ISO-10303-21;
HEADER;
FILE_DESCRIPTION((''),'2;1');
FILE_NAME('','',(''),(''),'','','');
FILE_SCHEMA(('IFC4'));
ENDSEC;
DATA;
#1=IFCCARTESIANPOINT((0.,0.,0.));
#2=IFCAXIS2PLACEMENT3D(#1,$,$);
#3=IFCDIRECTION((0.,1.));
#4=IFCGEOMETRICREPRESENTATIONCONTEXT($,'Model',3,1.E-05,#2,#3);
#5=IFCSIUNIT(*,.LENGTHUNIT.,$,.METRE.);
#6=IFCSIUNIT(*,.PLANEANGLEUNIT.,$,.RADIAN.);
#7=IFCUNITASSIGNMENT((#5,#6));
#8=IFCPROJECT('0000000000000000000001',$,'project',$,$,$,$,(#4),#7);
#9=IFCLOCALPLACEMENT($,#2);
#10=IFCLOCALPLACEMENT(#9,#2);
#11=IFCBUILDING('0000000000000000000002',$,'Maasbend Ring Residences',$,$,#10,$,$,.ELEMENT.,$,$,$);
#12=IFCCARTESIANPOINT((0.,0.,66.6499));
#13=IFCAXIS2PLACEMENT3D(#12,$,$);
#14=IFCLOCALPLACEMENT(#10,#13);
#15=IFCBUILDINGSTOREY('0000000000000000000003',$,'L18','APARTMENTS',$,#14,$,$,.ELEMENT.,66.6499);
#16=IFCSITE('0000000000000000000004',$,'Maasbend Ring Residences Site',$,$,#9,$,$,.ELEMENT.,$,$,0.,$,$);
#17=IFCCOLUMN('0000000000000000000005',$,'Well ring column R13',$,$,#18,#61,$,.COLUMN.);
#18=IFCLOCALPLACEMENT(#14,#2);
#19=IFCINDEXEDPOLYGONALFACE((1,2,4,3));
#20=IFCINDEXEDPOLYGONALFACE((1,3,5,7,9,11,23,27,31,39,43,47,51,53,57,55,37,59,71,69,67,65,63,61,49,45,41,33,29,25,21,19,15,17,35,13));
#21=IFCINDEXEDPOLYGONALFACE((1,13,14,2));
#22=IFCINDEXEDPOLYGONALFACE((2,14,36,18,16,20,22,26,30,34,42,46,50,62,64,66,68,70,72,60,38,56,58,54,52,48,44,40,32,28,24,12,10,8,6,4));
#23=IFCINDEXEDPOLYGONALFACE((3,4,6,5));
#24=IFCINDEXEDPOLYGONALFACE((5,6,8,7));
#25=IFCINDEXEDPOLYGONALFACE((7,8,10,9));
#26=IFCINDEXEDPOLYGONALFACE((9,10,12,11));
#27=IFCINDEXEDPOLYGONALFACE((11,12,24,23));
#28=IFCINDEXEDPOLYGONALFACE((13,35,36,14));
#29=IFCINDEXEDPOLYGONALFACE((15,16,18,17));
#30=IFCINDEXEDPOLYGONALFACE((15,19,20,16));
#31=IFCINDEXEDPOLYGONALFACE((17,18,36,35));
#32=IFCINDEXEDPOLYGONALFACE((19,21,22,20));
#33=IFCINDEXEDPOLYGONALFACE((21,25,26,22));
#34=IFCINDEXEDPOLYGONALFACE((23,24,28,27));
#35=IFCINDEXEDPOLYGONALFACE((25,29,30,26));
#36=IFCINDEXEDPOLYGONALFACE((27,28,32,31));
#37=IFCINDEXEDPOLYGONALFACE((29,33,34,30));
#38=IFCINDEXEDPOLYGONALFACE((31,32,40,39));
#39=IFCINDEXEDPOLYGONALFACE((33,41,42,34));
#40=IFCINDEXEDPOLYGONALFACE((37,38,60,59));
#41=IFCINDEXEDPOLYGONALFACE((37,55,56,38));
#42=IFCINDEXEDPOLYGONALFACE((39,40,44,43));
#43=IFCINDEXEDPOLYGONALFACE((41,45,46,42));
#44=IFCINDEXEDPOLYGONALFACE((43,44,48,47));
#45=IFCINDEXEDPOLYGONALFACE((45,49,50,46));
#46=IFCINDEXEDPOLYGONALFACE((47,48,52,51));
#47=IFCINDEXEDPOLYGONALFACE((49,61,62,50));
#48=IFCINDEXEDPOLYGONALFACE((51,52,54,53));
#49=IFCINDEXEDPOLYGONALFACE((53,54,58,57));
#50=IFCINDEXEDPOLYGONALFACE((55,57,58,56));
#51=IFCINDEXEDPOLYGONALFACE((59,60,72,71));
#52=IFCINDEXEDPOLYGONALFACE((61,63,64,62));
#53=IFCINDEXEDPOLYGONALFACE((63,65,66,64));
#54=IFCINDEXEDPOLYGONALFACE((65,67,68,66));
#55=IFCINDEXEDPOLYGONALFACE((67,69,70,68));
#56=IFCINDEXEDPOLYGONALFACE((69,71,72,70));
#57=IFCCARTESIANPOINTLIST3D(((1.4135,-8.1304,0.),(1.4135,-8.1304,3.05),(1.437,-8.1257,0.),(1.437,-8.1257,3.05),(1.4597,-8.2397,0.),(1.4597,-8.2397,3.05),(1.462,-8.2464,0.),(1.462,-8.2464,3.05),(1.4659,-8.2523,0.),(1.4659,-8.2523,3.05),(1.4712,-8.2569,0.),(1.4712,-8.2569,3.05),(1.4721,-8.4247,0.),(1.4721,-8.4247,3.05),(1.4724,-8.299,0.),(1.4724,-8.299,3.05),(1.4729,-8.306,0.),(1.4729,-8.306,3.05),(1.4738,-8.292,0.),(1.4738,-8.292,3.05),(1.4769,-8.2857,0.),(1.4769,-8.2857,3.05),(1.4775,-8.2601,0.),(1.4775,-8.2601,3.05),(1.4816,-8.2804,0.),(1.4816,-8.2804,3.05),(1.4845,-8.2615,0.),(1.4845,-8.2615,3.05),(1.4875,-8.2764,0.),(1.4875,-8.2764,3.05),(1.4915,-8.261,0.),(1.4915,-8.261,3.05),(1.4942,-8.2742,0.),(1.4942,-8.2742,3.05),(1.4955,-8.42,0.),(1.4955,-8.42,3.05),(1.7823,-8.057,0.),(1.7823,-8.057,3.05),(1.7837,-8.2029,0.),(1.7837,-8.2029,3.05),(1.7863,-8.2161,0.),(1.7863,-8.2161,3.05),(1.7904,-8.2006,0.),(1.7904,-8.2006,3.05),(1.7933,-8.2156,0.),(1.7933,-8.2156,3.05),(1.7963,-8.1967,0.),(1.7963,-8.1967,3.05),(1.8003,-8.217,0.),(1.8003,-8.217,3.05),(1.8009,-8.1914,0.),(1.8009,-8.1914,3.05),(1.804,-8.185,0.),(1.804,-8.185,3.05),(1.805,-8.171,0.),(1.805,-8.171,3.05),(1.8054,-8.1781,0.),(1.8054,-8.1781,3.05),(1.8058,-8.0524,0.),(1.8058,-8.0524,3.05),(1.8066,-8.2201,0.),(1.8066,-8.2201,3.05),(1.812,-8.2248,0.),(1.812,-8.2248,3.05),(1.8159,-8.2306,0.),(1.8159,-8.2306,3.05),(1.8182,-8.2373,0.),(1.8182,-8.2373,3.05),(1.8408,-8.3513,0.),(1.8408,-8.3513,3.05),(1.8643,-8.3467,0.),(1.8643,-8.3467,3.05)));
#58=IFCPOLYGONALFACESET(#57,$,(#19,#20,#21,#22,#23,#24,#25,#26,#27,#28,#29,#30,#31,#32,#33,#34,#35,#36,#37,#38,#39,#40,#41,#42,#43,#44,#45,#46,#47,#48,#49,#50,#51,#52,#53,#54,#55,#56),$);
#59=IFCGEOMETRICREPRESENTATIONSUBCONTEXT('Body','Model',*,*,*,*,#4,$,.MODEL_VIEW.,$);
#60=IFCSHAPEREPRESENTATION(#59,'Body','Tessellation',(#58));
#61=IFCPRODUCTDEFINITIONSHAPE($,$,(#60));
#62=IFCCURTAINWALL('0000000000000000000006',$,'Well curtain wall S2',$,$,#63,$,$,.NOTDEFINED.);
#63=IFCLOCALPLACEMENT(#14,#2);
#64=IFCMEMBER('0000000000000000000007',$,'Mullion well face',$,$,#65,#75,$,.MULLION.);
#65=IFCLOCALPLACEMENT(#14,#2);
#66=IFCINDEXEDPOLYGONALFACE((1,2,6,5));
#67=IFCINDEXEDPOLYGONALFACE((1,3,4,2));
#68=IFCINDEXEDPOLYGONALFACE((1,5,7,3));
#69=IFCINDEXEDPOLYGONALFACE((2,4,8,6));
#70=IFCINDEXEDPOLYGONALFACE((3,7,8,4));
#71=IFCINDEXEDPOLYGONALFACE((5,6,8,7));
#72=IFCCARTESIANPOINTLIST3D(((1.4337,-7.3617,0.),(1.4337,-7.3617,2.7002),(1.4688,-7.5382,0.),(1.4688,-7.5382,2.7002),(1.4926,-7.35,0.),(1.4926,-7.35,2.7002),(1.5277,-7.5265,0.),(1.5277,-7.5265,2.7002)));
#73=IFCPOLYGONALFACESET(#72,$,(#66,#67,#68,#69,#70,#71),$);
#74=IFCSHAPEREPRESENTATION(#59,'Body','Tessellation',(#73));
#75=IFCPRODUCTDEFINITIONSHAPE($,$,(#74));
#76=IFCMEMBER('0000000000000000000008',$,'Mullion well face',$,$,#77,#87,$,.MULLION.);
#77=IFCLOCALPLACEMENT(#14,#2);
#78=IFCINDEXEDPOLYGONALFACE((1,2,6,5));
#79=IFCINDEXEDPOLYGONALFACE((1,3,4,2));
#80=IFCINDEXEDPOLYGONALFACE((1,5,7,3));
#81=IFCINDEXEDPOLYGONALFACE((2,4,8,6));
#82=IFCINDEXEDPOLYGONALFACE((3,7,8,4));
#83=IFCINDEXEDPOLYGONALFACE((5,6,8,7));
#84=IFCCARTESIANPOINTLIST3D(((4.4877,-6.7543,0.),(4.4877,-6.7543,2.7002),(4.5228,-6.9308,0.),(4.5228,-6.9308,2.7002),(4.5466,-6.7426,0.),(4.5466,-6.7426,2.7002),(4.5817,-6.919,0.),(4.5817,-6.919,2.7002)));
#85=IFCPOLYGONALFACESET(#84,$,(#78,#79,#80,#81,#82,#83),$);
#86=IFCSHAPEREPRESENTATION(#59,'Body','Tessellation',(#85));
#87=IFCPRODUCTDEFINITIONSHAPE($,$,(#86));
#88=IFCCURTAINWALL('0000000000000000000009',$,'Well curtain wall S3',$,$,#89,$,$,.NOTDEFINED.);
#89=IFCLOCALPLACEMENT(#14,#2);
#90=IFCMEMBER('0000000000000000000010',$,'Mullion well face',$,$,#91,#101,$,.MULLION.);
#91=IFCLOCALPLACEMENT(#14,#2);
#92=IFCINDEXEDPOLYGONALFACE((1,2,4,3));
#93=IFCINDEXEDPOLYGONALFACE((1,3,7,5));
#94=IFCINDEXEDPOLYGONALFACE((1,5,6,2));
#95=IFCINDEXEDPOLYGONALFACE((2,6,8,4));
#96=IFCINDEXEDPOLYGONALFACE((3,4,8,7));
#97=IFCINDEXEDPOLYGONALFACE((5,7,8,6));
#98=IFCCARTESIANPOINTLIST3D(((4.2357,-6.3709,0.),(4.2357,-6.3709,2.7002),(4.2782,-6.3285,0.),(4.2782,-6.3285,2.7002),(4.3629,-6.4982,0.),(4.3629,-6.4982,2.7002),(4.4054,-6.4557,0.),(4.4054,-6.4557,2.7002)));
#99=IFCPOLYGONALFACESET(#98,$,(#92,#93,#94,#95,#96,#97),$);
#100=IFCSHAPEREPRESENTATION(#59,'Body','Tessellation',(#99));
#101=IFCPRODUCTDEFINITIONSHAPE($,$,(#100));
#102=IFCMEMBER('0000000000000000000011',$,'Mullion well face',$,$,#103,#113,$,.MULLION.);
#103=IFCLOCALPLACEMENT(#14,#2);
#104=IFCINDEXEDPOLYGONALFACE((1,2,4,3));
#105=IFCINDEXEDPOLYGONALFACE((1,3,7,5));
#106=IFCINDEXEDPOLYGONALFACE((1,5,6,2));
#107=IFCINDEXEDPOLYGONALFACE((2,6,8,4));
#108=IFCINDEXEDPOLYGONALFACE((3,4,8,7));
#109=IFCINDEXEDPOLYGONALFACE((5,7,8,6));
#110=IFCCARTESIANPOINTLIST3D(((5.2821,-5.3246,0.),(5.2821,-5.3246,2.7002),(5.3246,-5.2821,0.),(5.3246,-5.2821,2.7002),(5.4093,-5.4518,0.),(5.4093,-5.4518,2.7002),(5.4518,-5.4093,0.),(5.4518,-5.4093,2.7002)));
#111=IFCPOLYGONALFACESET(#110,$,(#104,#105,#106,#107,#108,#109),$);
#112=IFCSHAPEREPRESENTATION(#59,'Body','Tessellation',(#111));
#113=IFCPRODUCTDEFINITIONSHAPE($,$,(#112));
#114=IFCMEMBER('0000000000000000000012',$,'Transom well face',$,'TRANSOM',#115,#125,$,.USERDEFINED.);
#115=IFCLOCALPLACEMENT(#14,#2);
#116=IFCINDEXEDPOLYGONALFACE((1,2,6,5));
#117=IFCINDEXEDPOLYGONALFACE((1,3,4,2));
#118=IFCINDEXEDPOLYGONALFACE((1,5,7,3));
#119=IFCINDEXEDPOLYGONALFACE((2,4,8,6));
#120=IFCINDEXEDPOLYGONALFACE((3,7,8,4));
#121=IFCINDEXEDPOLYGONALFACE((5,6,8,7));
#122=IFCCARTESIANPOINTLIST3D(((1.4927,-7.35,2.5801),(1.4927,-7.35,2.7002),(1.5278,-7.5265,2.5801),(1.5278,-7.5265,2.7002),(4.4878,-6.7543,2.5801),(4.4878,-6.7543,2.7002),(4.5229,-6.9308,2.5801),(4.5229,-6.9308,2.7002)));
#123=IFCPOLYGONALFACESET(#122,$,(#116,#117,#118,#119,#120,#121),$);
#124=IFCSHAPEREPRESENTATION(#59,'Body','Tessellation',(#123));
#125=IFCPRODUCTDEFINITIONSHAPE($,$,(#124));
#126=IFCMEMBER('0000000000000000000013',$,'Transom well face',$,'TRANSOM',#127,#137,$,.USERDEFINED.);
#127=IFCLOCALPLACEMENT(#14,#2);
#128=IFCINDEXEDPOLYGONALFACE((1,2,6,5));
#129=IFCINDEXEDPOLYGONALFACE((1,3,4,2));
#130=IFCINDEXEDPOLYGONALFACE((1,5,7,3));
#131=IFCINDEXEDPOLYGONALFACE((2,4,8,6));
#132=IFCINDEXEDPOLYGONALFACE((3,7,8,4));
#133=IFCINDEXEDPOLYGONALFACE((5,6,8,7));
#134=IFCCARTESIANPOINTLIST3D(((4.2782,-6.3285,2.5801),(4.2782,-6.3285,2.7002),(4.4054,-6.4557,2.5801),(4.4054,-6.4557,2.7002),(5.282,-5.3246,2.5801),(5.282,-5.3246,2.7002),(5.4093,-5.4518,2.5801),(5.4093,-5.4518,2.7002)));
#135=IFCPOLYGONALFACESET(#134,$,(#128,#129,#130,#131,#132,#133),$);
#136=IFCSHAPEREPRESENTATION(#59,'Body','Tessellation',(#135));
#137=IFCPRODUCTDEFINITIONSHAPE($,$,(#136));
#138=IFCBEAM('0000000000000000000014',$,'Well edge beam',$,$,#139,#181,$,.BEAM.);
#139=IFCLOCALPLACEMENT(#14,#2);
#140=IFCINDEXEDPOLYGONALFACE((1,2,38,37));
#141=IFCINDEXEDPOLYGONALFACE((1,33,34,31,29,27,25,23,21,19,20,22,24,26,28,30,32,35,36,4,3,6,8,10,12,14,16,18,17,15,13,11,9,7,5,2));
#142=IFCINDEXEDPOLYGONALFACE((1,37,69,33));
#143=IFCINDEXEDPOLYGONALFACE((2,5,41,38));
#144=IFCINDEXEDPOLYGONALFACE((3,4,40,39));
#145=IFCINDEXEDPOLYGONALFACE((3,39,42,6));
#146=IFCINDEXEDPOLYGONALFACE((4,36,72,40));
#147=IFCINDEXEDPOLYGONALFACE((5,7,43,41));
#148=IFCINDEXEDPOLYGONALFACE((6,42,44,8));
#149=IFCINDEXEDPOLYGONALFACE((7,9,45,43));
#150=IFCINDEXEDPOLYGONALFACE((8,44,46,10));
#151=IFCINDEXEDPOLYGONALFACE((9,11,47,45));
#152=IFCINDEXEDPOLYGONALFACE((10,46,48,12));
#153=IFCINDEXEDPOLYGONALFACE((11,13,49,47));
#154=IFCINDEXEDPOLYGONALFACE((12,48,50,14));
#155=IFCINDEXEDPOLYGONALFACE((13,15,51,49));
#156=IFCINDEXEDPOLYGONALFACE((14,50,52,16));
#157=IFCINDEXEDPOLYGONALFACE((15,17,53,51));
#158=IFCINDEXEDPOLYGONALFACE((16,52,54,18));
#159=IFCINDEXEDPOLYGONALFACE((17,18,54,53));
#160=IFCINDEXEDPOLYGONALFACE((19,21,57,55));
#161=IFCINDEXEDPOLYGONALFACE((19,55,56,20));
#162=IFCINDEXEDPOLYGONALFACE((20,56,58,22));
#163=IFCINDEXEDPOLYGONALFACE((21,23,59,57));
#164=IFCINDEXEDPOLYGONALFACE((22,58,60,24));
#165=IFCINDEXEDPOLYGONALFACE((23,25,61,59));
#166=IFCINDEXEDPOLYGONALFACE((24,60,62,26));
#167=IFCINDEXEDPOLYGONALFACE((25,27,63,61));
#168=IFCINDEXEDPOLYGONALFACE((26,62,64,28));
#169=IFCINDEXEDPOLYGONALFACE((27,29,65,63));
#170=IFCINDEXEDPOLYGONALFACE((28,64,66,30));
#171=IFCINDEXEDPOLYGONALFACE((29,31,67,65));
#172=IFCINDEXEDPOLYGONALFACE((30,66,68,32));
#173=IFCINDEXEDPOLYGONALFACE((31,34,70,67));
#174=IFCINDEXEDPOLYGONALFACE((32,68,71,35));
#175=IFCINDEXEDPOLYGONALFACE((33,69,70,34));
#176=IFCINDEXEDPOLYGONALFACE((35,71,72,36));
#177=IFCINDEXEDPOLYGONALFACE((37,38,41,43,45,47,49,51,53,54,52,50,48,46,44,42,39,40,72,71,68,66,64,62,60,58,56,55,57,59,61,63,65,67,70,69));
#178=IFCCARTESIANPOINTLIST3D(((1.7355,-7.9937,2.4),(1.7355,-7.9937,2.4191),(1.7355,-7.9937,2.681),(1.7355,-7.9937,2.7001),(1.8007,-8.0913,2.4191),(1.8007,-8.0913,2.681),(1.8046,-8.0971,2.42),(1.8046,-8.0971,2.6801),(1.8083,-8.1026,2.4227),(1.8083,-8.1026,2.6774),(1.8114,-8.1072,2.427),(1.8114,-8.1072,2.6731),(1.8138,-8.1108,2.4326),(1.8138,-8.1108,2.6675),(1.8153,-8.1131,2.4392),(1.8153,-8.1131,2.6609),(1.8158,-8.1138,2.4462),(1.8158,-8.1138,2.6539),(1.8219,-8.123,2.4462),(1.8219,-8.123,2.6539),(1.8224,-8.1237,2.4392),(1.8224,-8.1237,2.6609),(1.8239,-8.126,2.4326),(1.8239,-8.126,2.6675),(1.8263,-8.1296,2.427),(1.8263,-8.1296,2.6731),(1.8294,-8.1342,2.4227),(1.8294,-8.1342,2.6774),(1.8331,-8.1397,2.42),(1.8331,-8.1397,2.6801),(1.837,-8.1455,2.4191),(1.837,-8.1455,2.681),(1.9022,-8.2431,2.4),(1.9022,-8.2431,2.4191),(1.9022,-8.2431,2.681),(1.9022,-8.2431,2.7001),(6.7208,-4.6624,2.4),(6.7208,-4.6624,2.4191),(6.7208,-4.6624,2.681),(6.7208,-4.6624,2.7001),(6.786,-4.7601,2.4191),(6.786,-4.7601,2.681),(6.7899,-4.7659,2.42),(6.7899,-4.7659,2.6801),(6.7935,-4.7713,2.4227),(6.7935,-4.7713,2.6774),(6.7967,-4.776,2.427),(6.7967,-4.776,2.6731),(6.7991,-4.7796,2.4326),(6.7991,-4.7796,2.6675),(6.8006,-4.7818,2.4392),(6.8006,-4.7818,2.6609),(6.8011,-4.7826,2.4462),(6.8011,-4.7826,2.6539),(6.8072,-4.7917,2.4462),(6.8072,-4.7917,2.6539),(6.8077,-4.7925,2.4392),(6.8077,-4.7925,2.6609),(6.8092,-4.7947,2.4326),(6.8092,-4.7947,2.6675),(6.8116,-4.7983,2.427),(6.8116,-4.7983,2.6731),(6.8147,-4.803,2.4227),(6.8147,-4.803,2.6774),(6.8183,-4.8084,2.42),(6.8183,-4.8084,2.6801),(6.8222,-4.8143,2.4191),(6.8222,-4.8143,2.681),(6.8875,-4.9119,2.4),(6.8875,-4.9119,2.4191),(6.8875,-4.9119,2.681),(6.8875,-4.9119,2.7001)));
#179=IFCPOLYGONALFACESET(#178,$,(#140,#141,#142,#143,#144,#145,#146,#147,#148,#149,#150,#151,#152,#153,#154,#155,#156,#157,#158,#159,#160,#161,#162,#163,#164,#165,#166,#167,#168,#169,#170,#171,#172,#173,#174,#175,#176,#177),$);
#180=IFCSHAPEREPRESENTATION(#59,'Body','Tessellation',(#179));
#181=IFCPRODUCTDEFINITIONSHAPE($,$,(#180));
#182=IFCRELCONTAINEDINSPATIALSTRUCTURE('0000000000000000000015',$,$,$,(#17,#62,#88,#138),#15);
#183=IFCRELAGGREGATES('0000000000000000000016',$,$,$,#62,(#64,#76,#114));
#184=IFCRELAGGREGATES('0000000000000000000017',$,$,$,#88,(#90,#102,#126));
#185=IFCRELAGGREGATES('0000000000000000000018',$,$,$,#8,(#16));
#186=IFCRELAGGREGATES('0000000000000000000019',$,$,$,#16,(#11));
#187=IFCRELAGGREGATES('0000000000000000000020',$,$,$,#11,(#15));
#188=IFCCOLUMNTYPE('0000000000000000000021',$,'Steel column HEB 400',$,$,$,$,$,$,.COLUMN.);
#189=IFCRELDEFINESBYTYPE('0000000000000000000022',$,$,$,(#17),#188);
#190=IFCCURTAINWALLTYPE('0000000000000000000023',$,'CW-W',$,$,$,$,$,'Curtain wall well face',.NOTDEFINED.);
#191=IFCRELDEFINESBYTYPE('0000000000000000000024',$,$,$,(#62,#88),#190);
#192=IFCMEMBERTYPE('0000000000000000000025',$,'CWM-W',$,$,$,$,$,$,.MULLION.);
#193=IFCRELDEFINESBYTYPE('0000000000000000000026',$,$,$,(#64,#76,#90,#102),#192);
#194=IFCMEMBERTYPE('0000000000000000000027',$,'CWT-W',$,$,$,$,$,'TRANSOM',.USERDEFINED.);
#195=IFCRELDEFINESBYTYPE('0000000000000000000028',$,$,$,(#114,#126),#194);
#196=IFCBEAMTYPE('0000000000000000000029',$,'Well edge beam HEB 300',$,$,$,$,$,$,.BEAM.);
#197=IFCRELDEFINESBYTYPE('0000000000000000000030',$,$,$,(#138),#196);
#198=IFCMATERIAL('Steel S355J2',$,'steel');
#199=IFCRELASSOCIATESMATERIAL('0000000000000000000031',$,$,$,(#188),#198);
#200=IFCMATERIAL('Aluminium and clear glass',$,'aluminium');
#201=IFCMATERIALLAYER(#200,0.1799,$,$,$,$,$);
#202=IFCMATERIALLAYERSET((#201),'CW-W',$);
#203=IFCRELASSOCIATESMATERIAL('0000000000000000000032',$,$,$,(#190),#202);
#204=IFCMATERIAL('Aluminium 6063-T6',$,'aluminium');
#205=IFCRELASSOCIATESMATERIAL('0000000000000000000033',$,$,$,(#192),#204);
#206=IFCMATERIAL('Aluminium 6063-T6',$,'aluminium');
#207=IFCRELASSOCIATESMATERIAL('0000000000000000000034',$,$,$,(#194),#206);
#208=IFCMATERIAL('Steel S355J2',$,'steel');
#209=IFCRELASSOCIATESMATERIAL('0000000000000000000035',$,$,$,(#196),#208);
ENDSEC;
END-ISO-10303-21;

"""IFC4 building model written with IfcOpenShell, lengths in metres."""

from ifc_helpers import new_model, si_unit, direction, frame, origin, origin_2d, place, context, subcontext, project, spatial, rectangle, i_section, extrude, material, layer, layer_set, material_profile, profile_set, type_object, element, aggregate, save


model = new_model("IFC4")

# Units and contexts
model_context = context("Model", 3, precision=1e-05, world=origin(), true_north=direction((0.0, 1.0)))
body_context = subcontext(model_context, "Body", "Model", "MODEL_VIEW")
ifc_project = project(units=[si_unit("LENGTHUNIT", "METRE"), si_unit("PLANEANGLEUNIT", "RADIAN")], contexts=[model_context])

# Site, building, storey
site_placement = place(None, origin())
site = spatial("IfcSite", under=ifc_project, at=site_placement, Name="Maasbend Ring Residences Site", CompositionType="ELEMENT", RefElevation=0.0)
building_placement = place(site_placement, origin())
building = spatial("IfcBuilding", under=site, at=building_placement, Name="Maasbend Ring Residences", CompositionType="ELEMENT")
storey_placement = place(building_placement, frame((0.0, 0.0, 66.6499)))
storey = spatial("IfcBuildingStorey", under=building, at=storey_placement, Name="L18", Description="APARTMENTS", CompositionType="ELEMENT", Elevation=66.6499)

# Column
ifc_material_1 = material(Name="Steel S355J2", Category="steel")
ifc_material_profile_1 = material_profile(ifc_material_1, i_section(OverallWidth=0.3, OverallDepth=0.3999, WebThickness=0.0134, FlangeThickness=0.0239, FilletRadius=0.0271, at=origin_2d()), Name="HEB 400")
ifc_profile_set_1 = profile_set([ifc_material_profile_1], Name="Steel S355J2")
column_type = type_object("IfcColumnType", Name="Steel column HEB 400", PredefinedType="COLUMN", material=ifc_profile_set_1)
column_placement = place(storey_placement, frame((1.6389, -8.2385, 0.0), z_axis=(0.0, 0.0, 1.0), x_axis=(0.19509, -0.980785, 0.0)))
element("IfcColumn", 1, at=column_placement, inside=storey, type_object=column_type, Name="Well ring column R13", PredefinedType="COLUMN", context=body_context, shape_type="SweptSolid", body=[
    extrude(i_section(OverallWidth=0.3, OverallDepth=0.3999, WebThickness=0.0134, FlangeThickness=0.0239, FilletRadius=0.0271, at=origin_2d()), origin(), (0.0, 0.0, 1.0), 3.05),
])

# Curtain walls, members
ifc_material_2 = material(Name="Aluminium and clear glass", Category="aluminium")
ifc_layer_1 = layer(ifc_material_2, 0.1799)
ifc_layer_set_1 = layer_set([ifc_layer_1], Name="CW-W")
curtain_wall_type = type_object("IfcCurtainWallType", Name="CW-W", ElementType="Curtain wall well face", PredefinedType="NOTDEFINED", material=ifc_layer_set_1)
curtain_wall_1_placement = place(storey_placement, origin())
curtain_wall_1 = element("IfcCurtainWall", 2, at=curtain_wall_1_placement, inside=storey, type_object=curtain_wall_type, Name="Well curtain wall S2", PredefinedType="NOTDEFINED")
ifc_material_3 = material(Name="Aluminium 6063-T6", Category="aluminium")
ifc_material_profile_2 = material_profile(ifc_material_3, rectangle(XDim=0.1799, YDim=0.0601, at=origin_2d()), Name="AL 180x60")
ifc_profile_set_2 = profile_set([ifc_material_profile_2], Name="Aluminium 6063-T6")
member_type_1 = type_object("IfcMemberType", Name="CWM-W", PredefinedType="MULLION", material=ifc_profile_set_2)
member_1_placement = place(storey_placement, frame((1.4807, -7.4441, 0.0), z_axis=(0.0, 0.0, 1.0), x_axis=(-0.19509, 0.980785, 0.0)))
member_1 = element("IfcMember", 3, at=member_1_placement, type_object=member_type_1, Name="Mullion well face", PredefinedType="MULLION", context=body_context, shape_type="SweptSolid", body=[
    extrude(rectangle(XDim=0.1799, YDim=0.0601, at=origin_2d()), origin(), (0.0, 0.0, 1.0), 2.7002),
])
member_2_placement = place(storey_placement, frame((4.5347, -6.8367, 0.0), z_axis=(0.0, 0.0, 1.0), x_axis=(-0.19509, 0.980785, 0.0)))
member_2 = element("IfcMember", 4, at=member_2_placement, type_object=member_type_1, Name="Mullion well face", PredefinedType="MULLION", context=body_context, shape_type="SweptSolid", body=[
    extrude(rectangle(XDim=0.1799, YDim=0.0601, at=origin_2d()), origin(), (0.0, 0.0, 1.0), 2.7002),
])
curtain_wall_2_placement = place(storey_placement, origin())
curtain_wall_2 = element("IfcCurtainWall", 5, at=curtain_wall_2_placement, inside=storey, type_object=curtain_wall_type, Name="Well curtain wall S3", PredefinedType="NOTDEFINED")
member_3_placement = place(storey_placement, frame((4.3206, -6.4133, 0.0), z_axis=(0.0, 0.0, 1.0), x_axis=(-0.707107, 0.707107, 0.0)))
member_3 = element("IfcMember", 6, at=member_3_placement, type_object=member_type_1, Name="Mullion well face", PredefinedType="MULLION", context=body_context, shape_type="SweptSolid", body=[
    extrude(rectangle(XDim=0.1799, YDim=0.0601, at=origin_2d()), origin(), (0.0, 0.0, 1.0), 2.7002),
])
member_4_placement = place(storey_placement, frame((5.3669, -5.3669, 0.0), z_axis=(0.0, 0.0, 1.0), x_axis=(-0.707107, 0.707107, 0.0)))
member_4 = element("IfcMember", 7, at=member_4_placement, type_object=member_type_1, Name="Mullion well face", PredefinedType="MULLION", context=body_context, shape_type="SweptSolid", body=[
    extrude(rectangle(XDim=0.1799, YDim=0.0601, at=origin_2d()), origin(), (0.0, 0.0, 1.0), 2.7002),
])

# Members
ifc_material_4 = material(Name="Aluminium 6063-T6", Category="aluminium")
ifc_material_profile_3 = material_profile(ifc_material_4, rectangle(XDim=0.1799, YDim=0.1201, at=origin_2d()), Name="AL 180x120")
ifc_profile_set_3 = profile_set([ifc_material_profile_3], Name="Aluminium 6063-T6")
member_type_2 = type_object("IfcMemberType", Name="CWT-W", ElementType="TRANSOM", PredefinedType="USERDEFINED", material=ifc_profile_set_3)
member_5_placement = place(storey_placement, frame((1.5103, -7.4382, 2.6401), z_axis=(0.980789, 0.195071, 0.0), x_axis=(-0.195071, 0.980789, 0.0)))
member_5 = element("IfcMember", 8, at=member_5_placement, type_object=member_type_2, Name="Transom well face", ObjectType="TRANSOM", PredefinedType="USERDEFINED", context=body_context, shape_type="SweptSolid", body=[
    extrude(rectangle(XDim=0.1799, YDim=0.1201, at=origin_2d()), origin(), (0.0, 0.0, 1.0), 3.0537),
])
member_6_placement = place(storey_placement, frame((4.3418, -6.3921, 2.6401), z_axis=(0.707107, 0.707107, 0.0), x_axis=(-0.707107, 0.707107, 0.0)))
member_6 = element("IfcMember", 9, at=member_6_placement, type_object=member_type_2, Name="Transom well face", ObjectType="TRANSOM", PredefinedType="USERDEFINED", context=body_context, shape_type="SweptSolid", body=[
    extrude(rectangle(XDim=0.1799, YDim=0.1201, at=origin_2d()), origin(), (0.0, 0.0, 1.0), 1.4197),
])

# Beam
ifc_material_5 = material(Name="Steel S355J2", Category="steel")
ifc_material_profile_4 = material_profile(ifc_material_5, i_section(OverallWidth=0.3, OverallDepth=0.3, WebThickness=0.011, FlangeThickness=0.019, FilletRadius=0.0271, at=origin_2d()), Name="HEB 300")
ifc_profile_set_4 = profile_set([ifc_material_profile_4], Name="Steel S355J2")
beam_type = type_object("IfcBeamType", Name="Well edge beam HEB 300", PredefinedType="BEAM", material=ifc_profile_set_4)
beam_placement = place(storey_placement, frame((1.8188, -8.1184, 2.55), z_axis=(0.831455, 0.555593, 0.0), x_axis=(-0.555593, 0.831455, 0.0)))
element("IfcBeam", 10, at=beam_placement, inside=storey, type_object=beam_type, Name="Well edge beam", PredefinedType="BEAM", context=body_context, shape_type="SweptSolid", body=[
    extrude(i_section(OverallWidth=0.3, OverallDepth=0.3, WebThickness=0.011, FlangeThickness=0.019, FilletRadius=0.0271, at=origin_2d()), origin(), (0.0, 0.0, 1.0), 5.9958),
])

aggregate(curtain_wall_1, [member_1, member_2, member_5])
aggregate(curtain_wall_2, [member_3, member_4, member_6])

save(model, "model.ifc")
